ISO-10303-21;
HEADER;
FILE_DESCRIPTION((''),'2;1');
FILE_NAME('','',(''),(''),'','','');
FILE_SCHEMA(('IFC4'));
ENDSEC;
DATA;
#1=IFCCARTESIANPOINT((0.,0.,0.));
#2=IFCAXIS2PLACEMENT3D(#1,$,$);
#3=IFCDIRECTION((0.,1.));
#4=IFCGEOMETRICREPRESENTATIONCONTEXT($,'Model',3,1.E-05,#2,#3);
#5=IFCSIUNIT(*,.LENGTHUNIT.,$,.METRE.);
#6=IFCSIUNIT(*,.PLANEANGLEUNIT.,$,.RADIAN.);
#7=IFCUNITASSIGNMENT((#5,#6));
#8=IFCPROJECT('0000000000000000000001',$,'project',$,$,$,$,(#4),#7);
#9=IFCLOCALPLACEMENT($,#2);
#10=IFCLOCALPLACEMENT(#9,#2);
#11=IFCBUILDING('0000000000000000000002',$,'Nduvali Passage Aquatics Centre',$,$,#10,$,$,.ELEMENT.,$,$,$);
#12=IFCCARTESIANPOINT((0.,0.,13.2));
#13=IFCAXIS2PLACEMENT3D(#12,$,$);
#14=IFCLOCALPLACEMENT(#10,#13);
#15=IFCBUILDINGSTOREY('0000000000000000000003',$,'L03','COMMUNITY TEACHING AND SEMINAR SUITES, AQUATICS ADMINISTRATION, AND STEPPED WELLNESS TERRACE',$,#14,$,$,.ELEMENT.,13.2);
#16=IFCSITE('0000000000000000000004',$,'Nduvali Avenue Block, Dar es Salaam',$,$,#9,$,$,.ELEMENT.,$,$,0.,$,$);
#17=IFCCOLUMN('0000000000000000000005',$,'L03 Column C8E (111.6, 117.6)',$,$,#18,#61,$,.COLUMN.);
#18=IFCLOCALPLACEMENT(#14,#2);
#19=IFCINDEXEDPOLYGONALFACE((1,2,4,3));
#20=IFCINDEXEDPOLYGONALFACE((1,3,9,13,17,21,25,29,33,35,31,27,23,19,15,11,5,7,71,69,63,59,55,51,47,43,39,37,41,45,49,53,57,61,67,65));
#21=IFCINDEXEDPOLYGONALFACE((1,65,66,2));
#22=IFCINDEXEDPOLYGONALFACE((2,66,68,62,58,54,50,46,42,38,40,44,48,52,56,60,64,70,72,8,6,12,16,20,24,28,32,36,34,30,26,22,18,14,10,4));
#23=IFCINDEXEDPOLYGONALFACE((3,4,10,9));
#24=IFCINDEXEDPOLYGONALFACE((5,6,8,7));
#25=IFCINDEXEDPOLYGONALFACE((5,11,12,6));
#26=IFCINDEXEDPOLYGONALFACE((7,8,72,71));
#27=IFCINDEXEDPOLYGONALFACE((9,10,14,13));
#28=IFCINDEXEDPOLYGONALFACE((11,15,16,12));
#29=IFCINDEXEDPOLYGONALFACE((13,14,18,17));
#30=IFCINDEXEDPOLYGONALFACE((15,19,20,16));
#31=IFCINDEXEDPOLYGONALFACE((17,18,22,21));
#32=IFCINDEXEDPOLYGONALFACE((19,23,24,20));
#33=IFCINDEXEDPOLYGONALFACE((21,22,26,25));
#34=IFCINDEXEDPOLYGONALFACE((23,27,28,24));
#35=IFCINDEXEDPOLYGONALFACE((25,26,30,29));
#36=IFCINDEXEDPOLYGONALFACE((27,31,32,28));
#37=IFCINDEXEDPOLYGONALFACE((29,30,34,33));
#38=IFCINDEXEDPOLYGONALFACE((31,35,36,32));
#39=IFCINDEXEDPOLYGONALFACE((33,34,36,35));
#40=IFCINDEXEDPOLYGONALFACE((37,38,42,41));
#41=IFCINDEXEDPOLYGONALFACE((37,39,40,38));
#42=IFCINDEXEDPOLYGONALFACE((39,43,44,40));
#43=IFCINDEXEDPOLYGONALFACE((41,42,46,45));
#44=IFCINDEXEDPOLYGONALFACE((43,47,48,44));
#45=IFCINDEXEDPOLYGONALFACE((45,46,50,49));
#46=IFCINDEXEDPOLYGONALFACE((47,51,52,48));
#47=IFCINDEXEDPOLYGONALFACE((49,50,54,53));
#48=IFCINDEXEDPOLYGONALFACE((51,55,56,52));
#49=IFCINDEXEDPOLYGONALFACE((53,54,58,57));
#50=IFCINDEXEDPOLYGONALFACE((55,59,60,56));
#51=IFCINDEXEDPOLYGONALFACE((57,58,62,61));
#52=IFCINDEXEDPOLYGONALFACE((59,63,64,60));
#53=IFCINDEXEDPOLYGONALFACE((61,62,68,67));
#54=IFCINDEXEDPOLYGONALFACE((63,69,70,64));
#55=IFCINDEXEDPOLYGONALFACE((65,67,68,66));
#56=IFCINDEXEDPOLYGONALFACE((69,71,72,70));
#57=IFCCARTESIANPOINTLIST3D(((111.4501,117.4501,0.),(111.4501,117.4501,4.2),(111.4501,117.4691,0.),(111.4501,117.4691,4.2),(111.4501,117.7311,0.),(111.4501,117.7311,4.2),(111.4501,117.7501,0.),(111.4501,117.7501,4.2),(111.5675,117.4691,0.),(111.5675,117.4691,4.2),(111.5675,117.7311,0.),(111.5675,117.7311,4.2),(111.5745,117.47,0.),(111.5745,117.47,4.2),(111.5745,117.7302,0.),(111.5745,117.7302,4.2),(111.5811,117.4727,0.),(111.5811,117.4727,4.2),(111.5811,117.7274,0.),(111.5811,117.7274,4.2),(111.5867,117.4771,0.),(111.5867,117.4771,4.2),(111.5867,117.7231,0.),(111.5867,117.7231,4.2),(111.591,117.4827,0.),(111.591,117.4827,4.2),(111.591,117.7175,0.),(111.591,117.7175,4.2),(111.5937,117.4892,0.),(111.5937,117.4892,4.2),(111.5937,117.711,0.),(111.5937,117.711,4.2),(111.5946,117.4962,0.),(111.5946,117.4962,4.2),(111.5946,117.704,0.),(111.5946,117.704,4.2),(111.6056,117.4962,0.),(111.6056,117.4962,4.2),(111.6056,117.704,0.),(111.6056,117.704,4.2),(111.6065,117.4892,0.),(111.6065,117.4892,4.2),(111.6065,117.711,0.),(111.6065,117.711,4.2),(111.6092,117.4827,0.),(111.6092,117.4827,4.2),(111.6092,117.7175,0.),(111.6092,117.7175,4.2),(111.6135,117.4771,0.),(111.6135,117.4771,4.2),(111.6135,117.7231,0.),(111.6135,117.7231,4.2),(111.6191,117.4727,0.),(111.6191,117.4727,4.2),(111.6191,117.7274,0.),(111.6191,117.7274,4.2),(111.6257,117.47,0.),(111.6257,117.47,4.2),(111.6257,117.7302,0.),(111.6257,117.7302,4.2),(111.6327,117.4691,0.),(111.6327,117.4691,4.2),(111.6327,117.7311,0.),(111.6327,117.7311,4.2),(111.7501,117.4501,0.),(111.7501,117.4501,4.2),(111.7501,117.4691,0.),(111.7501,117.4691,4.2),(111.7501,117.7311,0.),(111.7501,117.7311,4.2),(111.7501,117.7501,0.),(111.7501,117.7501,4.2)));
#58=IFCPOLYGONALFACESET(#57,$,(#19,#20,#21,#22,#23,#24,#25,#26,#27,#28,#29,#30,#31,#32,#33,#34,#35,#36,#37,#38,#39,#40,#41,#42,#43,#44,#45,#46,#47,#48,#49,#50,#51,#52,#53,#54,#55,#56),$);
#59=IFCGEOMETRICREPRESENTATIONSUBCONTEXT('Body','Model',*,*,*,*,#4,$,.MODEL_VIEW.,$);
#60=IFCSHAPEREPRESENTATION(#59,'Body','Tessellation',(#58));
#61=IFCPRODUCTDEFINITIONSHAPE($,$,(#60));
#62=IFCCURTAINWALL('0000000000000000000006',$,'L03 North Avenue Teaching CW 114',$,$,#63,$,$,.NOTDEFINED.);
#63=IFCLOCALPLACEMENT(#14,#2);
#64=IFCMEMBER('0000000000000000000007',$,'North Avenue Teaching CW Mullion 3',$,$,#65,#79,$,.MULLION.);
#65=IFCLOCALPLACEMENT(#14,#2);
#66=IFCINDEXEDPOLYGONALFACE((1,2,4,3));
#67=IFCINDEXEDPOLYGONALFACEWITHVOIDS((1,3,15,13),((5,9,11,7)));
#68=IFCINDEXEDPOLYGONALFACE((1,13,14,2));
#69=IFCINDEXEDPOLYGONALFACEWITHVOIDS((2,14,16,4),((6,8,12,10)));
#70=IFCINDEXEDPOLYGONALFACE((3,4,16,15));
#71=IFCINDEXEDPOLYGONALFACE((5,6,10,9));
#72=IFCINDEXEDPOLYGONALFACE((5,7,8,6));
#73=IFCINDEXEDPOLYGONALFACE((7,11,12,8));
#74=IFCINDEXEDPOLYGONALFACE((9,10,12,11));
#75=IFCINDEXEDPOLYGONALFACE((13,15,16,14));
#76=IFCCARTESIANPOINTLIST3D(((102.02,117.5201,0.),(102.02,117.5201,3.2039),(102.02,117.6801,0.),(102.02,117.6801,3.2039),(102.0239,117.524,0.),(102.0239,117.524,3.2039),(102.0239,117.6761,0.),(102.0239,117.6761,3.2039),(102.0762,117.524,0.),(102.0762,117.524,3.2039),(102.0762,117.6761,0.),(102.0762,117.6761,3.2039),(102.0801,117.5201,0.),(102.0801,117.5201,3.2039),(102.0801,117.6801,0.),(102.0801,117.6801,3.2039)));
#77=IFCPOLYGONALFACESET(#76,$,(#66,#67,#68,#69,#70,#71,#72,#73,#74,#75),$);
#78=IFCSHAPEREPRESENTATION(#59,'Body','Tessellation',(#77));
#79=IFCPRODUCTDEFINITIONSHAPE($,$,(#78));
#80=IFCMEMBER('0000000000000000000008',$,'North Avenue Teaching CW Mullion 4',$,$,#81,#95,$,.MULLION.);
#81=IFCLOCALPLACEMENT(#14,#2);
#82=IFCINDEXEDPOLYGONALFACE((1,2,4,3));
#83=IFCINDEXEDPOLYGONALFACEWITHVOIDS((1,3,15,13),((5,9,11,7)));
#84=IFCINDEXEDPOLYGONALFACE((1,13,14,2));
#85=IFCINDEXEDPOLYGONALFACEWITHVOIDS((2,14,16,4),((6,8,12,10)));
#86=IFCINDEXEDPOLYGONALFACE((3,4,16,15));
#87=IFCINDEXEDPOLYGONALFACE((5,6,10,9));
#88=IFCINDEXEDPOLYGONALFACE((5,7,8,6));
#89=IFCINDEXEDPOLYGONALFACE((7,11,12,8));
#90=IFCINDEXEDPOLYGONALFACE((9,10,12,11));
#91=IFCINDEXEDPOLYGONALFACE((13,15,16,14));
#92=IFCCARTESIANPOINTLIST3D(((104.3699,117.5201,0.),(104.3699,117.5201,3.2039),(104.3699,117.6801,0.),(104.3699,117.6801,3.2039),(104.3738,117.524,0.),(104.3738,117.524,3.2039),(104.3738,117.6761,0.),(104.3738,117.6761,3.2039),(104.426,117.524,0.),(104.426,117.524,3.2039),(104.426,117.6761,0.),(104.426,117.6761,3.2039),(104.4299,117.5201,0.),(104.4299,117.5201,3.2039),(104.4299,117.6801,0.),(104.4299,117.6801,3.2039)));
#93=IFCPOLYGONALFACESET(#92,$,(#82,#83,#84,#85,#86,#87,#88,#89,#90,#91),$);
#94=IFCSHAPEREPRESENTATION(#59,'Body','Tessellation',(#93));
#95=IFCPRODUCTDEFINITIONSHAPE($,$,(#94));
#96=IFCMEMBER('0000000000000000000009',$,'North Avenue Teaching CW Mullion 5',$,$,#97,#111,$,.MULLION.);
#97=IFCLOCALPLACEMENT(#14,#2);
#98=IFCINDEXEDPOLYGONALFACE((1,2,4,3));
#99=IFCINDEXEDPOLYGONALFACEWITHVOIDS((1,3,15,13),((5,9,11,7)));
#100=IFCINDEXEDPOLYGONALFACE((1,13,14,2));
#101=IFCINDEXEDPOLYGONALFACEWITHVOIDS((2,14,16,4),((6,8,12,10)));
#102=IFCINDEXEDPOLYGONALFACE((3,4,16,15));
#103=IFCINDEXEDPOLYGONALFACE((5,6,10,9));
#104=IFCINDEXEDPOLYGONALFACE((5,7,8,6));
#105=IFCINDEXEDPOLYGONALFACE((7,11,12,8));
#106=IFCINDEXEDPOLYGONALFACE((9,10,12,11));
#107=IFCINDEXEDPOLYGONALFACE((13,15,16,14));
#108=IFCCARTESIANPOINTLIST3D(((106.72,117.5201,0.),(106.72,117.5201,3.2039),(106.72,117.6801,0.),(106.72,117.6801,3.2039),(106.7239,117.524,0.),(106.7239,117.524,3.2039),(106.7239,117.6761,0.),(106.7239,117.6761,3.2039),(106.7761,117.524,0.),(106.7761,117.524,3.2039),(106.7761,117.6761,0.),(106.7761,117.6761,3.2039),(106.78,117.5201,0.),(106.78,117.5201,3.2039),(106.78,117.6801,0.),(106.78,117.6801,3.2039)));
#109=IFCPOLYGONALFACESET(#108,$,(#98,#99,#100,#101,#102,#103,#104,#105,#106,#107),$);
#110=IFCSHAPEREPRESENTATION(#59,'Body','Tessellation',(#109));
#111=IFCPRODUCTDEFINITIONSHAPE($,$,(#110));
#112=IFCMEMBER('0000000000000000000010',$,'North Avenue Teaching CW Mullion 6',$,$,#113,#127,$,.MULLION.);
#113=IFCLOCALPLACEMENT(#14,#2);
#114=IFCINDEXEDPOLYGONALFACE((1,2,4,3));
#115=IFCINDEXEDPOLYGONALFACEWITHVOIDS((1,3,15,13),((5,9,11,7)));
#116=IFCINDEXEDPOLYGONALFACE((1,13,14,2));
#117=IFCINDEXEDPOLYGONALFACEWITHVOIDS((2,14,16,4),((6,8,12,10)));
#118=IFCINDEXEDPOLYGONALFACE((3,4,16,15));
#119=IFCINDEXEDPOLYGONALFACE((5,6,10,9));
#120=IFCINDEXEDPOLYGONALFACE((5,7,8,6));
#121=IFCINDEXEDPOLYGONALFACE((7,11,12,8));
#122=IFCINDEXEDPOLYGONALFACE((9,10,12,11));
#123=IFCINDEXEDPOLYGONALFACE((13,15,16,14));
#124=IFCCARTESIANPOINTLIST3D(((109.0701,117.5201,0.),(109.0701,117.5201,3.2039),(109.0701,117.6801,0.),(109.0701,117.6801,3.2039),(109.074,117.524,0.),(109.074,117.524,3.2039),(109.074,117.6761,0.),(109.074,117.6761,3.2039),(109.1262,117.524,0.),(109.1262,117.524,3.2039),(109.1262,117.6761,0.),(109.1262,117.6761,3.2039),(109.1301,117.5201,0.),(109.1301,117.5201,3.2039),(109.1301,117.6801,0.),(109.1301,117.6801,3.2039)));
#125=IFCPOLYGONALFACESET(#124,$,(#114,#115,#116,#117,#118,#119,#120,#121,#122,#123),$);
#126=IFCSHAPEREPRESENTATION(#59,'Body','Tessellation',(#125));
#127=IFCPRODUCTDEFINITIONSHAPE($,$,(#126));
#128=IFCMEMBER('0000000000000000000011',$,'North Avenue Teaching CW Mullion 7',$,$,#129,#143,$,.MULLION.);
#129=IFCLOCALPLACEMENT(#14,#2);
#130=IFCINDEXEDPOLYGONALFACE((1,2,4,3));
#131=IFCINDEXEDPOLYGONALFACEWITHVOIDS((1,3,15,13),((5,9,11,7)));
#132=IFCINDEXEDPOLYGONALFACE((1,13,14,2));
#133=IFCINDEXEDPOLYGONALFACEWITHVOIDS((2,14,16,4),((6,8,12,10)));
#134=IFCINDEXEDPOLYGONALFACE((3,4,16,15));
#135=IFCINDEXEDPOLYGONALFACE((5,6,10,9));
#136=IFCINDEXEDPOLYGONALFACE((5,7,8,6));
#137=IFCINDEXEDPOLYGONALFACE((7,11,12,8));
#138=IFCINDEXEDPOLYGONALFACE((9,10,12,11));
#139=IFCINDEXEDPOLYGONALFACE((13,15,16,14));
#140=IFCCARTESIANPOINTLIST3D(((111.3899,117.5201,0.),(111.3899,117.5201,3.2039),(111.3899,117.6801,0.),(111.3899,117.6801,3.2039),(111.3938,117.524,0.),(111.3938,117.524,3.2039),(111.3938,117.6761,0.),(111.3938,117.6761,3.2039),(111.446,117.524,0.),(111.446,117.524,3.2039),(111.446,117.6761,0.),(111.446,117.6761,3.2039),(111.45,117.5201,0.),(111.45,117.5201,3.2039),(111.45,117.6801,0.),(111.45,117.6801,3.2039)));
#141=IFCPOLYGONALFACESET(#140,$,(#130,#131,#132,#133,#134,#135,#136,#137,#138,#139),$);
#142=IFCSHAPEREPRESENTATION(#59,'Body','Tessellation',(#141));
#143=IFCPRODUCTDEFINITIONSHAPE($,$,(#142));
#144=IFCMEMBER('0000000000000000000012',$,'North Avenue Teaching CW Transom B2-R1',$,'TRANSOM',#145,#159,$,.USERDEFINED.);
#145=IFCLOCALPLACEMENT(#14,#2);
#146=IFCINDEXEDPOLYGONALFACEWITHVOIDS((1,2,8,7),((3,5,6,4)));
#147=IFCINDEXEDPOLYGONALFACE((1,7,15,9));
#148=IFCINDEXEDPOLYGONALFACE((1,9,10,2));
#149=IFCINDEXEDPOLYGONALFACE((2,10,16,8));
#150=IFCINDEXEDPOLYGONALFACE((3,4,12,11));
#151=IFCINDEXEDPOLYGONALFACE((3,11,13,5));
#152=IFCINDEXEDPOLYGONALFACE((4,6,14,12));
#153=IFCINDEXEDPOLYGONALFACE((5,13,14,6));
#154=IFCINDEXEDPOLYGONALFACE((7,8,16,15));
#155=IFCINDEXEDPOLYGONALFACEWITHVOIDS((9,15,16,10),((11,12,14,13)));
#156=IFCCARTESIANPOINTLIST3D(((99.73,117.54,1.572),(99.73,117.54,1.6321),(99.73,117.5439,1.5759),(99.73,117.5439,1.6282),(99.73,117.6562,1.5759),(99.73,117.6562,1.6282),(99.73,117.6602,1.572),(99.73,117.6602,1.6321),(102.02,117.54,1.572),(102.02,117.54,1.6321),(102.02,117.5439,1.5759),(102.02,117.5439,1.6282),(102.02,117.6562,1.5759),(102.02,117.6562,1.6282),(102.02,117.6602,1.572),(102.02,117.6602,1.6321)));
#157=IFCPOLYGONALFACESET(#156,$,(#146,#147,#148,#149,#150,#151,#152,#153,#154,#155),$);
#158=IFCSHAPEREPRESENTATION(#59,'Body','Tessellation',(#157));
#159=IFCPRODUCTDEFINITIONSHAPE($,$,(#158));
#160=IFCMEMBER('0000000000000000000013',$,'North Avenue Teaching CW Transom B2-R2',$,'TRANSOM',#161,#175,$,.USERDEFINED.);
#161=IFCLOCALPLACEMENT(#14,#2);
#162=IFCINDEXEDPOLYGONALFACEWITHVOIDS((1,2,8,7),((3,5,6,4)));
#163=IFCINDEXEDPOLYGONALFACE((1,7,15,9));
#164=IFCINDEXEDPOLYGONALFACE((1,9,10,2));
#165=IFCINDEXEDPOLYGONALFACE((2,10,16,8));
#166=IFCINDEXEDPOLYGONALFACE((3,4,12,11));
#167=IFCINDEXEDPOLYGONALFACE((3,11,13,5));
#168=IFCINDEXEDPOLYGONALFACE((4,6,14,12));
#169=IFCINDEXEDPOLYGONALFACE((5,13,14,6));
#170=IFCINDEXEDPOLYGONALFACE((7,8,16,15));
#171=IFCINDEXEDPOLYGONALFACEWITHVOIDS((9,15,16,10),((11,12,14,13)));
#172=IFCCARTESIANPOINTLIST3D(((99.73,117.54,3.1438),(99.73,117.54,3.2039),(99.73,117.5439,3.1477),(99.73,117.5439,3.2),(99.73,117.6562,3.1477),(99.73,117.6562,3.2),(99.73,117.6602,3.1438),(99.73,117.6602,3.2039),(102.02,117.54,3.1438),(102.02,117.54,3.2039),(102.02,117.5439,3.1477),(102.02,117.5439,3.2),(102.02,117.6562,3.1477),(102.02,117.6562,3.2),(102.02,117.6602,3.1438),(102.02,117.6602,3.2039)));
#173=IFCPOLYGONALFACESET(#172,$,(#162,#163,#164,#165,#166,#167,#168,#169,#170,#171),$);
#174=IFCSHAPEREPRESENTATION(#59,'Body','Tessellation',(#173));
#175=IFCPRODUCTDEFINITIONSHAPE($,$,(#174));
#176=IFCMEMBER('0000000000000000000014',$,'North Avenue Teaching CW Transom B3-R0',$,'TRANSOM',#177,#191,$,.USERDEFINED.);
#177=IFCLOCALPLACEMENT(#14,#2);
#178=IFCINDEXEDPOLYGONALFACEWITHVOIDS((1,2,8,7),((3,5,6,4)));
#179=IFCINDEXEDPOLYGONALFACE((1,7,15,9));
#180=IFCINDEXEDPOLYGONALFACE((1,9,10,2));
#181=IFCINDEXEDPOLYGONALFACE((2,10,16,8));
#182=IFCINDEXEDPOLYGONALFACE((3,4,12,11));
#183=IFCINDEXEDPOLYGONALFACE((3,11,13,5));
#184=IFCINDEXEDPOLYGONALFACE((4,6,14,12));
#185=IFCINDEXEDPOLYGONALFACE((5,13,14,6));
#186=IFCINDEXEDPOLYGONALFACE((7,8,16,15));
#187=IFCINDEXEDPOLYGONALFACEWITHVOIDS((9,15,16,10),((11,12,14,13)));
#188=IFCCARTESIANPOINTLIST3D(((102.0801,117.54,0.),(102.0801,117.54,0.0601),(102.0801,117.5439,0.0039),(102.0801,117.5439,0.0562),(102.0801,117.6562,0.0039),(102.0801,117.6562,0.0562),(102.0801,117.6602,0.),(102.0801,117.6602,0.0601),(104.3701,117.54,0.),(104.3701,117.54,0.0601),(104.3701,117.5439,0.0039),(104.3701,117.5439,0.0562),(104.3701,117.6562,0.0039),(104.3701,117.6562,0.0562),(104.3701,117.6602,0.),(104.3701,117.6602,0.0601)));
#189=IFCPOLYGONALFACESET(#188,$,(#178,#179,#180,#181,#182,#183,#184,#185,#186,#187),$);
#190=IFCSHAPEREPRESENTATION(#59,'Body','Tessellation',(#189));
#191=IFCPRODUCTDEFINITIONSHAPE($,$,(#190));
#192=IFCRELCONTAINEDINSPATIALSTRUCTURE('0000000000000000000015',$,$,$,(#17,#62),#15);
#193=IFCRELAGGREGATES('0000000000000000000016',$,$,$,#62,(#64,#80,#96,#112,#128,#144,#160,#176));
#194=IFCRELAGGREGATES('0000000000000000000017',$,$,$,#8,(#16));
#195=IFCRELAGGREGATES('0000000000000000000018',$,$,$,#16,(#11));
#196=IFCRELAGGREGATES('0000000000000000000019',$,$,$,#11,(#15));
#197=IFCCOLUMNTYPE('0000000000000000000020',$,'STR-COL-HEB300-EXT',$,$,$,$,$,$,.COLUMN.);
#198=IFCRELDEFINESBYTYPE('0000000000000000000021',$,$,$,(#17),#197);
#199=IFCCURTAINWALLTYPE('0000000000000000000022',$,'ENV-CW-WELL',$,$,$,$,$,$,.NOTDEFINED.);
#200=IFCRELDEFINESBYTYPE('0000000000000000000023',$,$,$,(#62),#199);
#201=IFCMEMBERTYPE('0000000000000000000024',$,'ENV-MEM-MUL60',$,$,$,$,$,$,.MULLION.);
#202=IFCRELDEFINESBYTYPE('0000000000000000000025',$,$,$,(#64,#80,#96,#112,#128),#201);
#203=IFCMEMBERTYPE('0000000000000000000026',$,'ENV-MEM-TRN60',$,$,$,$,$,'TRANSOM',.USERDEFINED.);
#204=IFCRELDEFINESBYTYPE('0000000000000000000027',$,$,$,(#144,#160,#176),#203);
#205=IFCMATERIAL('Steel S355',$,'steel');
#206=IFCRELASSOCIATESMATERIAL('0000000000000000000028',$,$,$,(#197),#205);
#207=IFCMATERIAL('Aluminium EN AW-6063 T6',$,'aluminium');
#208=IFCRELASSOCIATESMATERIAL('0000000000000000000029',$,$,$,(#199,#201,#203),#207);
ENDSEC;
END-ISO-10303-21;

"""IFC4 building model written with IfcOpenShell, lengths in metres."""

from ifc_helpers import new_model, si_unit, direction, frame, origin, origin_2d, place, context, subcontext, project, spatial, hollow_rectangle, i_section, extrude, material, material_profile, profile_set, type_object, element, aggregate, save


model = new_model("IFC4")

# Units and contexts
model_context = context("Model", 3, precision=1e-05, world=origin(), true_north=direction((0.0, 1.0)))
body_context = subcontext(model_context, "Body", "Model", "MODEL_VIEW")
ifc_project = project(units=[si_unit("LENGTHUNIT", "METRE"), si_unit("PLANEANGLEUNIT", "RADIAN")], contexts=[model_context])

# Site, building, storey
site_placement = place(None, origin())
site = spatial("IfcSite", under=ifc_project, at=site_placement, Name="Nduvali Avenue Block, Dar es Salaam", CompositionType="ELEMENT", RefElevation=0.0)
building_placement = place(site_placement, origin())
building = spatial("IfcBuilding", under=site, at=building_placement, Name="Nduvali Passage Aquatics Centre", CompositionType="ELEMENT")
storey_placement = place(building_placement, frame((0.0, 0.0, 13.2)))
storey = spatial("IfcBuildingStorey", under=building, at=storey_placement, Name="L03", Description="COMMUNITY TEACHING AND SEMINAR SUITES, AQUATICS ADMINISTRATION, AND STEPPED WELLNESS TERRACE", CompositionType="ELEMENT", Elevation=13.2)

# Column
ifc_material_1 = material(Name="Steel S355", Category="steel")
ifc_material_profile_1 = material_profile(ifc_material_1, i_section(OverallWidth=0.3, OverallDepth=0.3, WebThickness=0.011, FlangeThickness=0.019, FilletRadius=0.0271, at=origin_2d()), Name="HEB 300")
ifc_profile_set_1 = profile_set([ifc_material_profile_1], Name="Steel S355")
column_type = type_object("IfcColumnType", Name="STR-COL-HEB300-EXT", PredefinedType="COLUMN", material=ifc_profile_set_1)
column_placement = place(storey_placement, frame((111.6001, 117.6001, 0.0), z_axis=(0.0, 0.0, 1.0), x_axis=(1.0, 0.0, 0.0)))
element("IfcColumn", 1, at=column_placement, inside=storey, type_object=column_type, Name="L03 Column C8E (111.6, 117.6)", PredefinedType="COLUMN", context=body_context, shape_type="SweptSolid", body=[
    extrude(i_section(OverallWidth=0.3, OverallDepth=0.3, WebThickness=0.011, FlangeThickness=0.019, FilletRadius=0.0271, at=origin_2d()), origin(), (0.0, 0.0, 1.0), 4.2),
])

# Curtain wall, members
ifc_material_2 = material(Name="Aluminium EN AW-6063 T6", Category="aluminium")
curtain_wall_type = type_object("IfcCurtainWallType", Name="ENV-CW-WELL", PredefinedType="NOTDEFINED", material=ifc_material_2)
curtain_wall_placement = place(storey_placement, origin())
curtain_wall = element("IfcCurtainWall", 2, at=curtain_wall_placement, inside=storey, type_object=curtain_wall_type, Name="L03 North Avenue Teaching CW 114", PredefinedType="NOTDEFINED")
ifc_material_profile_2 = material_profile(ifc_material_2, hollow_rectangle(XDim=0.0601, YDim=0.1599, WallThickness=0.0039, at=origin_2d()), Name="ALU MULLION 60x160x4")
ifc_profile_set_2 = profile_set([ifc_material_profile_2], Name="Aluminium EN AW-6063 T6")
member_type_1 = type_object("IfcMemberType", Name="ENV-MEM-MUL60", PredefinedType="MULLION", material=ifc_profile_set_2)
member_1_placement = place(storey_placement, frame((102.05, 117.6001, 0.0), z_axis=(0.0, 0.0, 1.0), x_axis=(1.0, 0.0, 0.0)))
member_1 = element("IfcMember", 3, at=member_1_placement, type_object=member_type_1, Name="North Avenue Teaching CW Mullion 3", PredefinedType="MULLION", context=body_context, shape_type="SweptSolid", body=[
    extrude(hollow_rectangle(XDim=0.0601, YDim=0.1599, WallThickness=0.0039, at=origin_2d()), origin(), (0.0, 0.0, 1.0), 3.2039),
])
member_2_placement = place(storey_placement, frame((104.3999, 117.6001, 0.0), z_axis=(0.0, 0.0, 1.0), x_axis=(1.0, 0.0, 0.0)))
member_2 = element("IfcMember", 4, at=member_2_placement, type_object=member_type_1, Name="North Avenue Teaching CW Mullion 4", PredefinedType="MULLION", context=body_context, shape_type="SweptSolid", body=[
    extrude(hollow_rectangle(XDim=0.0601, YDim=0.1599, WallThickness=0.0039, at=origin_2d()), origin(), (0.0, 0.0, 1.0), 3.2039),
])
member_3_placement = place(storey_placement, frame((106.75, 117.6001, 0.0), z_axis=(0.0, 0.0, 1.0), x_axis=(1.0, 0.0, 0.0)))
member_3 = element("IfcMember", 5, at=member_3_placement, type_object=member_type_1, Name="North Avenue Teaching CW Mullion 5", PredefinedType="MULLION", context=body_context, shape_type="SweptSolid", body=[
    extrude(hollow_rectangle(XDim=0.0601, YDim=0.1599, WallThickness=0.0039, at=origin_2d()), origin(), (0.0, 0.0, 1.0), 3.2039),
])
member_4_placement = place(storey_placement, frame((109.1001, 117.6001, 0.0), z_axis=(0.0, 0.0, 1.0), x_axis=(1.0, 0.0, 0.0)))
member_4 = element("IfcMember", 6, at=member_4_placement, type_object=member_type_1, Name="North Avenue Teaching CW Mullion 6", PredefinedType="MULLION", context=body_context, shape_type="SweptSolid", body=[
    extrude(hollow_rectangle(XDim=0.0601, YDim=0.1599, WallThickness=0.0039, at=origin_2d()), origin(), (0.0, 0.0, 1.0), 3.2039),
])
member_5_placement = place(storey_placement, frame((111.4199, 117.6001, 0.0), z_axis=(0.0, 0.0, 1.0), x_axis=(1.0, 0.0, 0.0)))
member_5 = element("IfcMember", 7, at=member_5_placement, type_object=member_type_1, Name="North Avenue Teaching CW Mullion 7", PredefinedType="MULLION", context=body_context, shape_type="SweptSolid", body=[
    extrude(hollow_rectangle(XDim=0.0601, YDim=0.1599, WallThickness=0.0039, at=origin_2d()), origin(), (0.0, 0.0, 1.0), 3.2039),
])
ifc_material_profile_3 = material_profile(ifc_material_2, hollow_rectangle(XDim=0.1201, YDim=0.0601, WallThickness=0.0039, at=origin_2d()), Name="ALU TRANSOM 120x60x4")
ifc_profile_set_3 = profile_set([ifc_material_profile_3], Name="Aluminium EN AW-6063 T6")
member_type_2 = type_object("IfcMemberType", Name="ENV-MEM-TRN60", ElementType="TRANSOM", PredefinedType="USERDEFINED", material=ifc_profile_set_3)
member_6_placement = place(storey_placement, frame((99.73, 117.6001, 1.6021), z_axis=(1.0, 0.0, 0.0), x_axis=(0.0, 1.0, 0.0)))
member_6 = element("IfcMember", 8, at=member_6_placement, type_object=member_type_2, Name="North Avenue Teaching CW Transom B2-R1", ObjectType="TRANSOM", PredefinedType="USERDEFINED", context=body_context, shape_type="SweptSolid", body=[
    extrude(hollow_rectangle(XDim=0.1201, YDim=0.0601, WallThickness=0.0039, at=origin_2d()), origin(), (0.0, 0.0, 1.0), 2.29),
])
member_7_placement = place(storey_placement, frame((99.73, 117.6001, 3.1738), z_axis=(1.0, 0.0, 0.0), x_axis=(0.0, 1.0, 0.0)))
member_7 = element("IfcMember", 9, at=member_7_placement, type_object=member_type_2, Name="North Avenue Teaching CW Transom B2-R2", ObjectType="TRANSOM", PredefinedType="USERDEFINED", context=body_context, shape_type="SweptSolid", body=[
    extrude(hollow_rectangle(XDim=0.1201, YDim=0.0601, WallThickness=0.0039, at=origin_2d()), origin(), (0.0, 0.0, 1.0), 2.29),
])
member_8_placement = place(storey_placement, frame((102.0801, 117.6001, 0.03), z_axis=(1.0, 0.0, 0.0), x_axis=(0.0, 1.0, 0.0)))
member_8 = element("IfcMember", 10, at=member_8_placement, type_object=member_type_2, Name="North Avenue Teaching CW Transom B3-R0", ObjectType="TRANSOM", PredefinedType="USERDEFINED", context=body_context, shape_type="SweptSolid", body=[
    extrude(hollow_rectangle(XDim=0.1201, YDim=0.0601, WallThickness=0.0039, at=origin_2d()), origin(), (0.0, 0.0, 1.0), 2.29),
])

aggregate(curtain_wall, [member_1, member_2, member_3, member_4, member_5, member_6, member_7, member_8])

save(model, "model.ifc")
